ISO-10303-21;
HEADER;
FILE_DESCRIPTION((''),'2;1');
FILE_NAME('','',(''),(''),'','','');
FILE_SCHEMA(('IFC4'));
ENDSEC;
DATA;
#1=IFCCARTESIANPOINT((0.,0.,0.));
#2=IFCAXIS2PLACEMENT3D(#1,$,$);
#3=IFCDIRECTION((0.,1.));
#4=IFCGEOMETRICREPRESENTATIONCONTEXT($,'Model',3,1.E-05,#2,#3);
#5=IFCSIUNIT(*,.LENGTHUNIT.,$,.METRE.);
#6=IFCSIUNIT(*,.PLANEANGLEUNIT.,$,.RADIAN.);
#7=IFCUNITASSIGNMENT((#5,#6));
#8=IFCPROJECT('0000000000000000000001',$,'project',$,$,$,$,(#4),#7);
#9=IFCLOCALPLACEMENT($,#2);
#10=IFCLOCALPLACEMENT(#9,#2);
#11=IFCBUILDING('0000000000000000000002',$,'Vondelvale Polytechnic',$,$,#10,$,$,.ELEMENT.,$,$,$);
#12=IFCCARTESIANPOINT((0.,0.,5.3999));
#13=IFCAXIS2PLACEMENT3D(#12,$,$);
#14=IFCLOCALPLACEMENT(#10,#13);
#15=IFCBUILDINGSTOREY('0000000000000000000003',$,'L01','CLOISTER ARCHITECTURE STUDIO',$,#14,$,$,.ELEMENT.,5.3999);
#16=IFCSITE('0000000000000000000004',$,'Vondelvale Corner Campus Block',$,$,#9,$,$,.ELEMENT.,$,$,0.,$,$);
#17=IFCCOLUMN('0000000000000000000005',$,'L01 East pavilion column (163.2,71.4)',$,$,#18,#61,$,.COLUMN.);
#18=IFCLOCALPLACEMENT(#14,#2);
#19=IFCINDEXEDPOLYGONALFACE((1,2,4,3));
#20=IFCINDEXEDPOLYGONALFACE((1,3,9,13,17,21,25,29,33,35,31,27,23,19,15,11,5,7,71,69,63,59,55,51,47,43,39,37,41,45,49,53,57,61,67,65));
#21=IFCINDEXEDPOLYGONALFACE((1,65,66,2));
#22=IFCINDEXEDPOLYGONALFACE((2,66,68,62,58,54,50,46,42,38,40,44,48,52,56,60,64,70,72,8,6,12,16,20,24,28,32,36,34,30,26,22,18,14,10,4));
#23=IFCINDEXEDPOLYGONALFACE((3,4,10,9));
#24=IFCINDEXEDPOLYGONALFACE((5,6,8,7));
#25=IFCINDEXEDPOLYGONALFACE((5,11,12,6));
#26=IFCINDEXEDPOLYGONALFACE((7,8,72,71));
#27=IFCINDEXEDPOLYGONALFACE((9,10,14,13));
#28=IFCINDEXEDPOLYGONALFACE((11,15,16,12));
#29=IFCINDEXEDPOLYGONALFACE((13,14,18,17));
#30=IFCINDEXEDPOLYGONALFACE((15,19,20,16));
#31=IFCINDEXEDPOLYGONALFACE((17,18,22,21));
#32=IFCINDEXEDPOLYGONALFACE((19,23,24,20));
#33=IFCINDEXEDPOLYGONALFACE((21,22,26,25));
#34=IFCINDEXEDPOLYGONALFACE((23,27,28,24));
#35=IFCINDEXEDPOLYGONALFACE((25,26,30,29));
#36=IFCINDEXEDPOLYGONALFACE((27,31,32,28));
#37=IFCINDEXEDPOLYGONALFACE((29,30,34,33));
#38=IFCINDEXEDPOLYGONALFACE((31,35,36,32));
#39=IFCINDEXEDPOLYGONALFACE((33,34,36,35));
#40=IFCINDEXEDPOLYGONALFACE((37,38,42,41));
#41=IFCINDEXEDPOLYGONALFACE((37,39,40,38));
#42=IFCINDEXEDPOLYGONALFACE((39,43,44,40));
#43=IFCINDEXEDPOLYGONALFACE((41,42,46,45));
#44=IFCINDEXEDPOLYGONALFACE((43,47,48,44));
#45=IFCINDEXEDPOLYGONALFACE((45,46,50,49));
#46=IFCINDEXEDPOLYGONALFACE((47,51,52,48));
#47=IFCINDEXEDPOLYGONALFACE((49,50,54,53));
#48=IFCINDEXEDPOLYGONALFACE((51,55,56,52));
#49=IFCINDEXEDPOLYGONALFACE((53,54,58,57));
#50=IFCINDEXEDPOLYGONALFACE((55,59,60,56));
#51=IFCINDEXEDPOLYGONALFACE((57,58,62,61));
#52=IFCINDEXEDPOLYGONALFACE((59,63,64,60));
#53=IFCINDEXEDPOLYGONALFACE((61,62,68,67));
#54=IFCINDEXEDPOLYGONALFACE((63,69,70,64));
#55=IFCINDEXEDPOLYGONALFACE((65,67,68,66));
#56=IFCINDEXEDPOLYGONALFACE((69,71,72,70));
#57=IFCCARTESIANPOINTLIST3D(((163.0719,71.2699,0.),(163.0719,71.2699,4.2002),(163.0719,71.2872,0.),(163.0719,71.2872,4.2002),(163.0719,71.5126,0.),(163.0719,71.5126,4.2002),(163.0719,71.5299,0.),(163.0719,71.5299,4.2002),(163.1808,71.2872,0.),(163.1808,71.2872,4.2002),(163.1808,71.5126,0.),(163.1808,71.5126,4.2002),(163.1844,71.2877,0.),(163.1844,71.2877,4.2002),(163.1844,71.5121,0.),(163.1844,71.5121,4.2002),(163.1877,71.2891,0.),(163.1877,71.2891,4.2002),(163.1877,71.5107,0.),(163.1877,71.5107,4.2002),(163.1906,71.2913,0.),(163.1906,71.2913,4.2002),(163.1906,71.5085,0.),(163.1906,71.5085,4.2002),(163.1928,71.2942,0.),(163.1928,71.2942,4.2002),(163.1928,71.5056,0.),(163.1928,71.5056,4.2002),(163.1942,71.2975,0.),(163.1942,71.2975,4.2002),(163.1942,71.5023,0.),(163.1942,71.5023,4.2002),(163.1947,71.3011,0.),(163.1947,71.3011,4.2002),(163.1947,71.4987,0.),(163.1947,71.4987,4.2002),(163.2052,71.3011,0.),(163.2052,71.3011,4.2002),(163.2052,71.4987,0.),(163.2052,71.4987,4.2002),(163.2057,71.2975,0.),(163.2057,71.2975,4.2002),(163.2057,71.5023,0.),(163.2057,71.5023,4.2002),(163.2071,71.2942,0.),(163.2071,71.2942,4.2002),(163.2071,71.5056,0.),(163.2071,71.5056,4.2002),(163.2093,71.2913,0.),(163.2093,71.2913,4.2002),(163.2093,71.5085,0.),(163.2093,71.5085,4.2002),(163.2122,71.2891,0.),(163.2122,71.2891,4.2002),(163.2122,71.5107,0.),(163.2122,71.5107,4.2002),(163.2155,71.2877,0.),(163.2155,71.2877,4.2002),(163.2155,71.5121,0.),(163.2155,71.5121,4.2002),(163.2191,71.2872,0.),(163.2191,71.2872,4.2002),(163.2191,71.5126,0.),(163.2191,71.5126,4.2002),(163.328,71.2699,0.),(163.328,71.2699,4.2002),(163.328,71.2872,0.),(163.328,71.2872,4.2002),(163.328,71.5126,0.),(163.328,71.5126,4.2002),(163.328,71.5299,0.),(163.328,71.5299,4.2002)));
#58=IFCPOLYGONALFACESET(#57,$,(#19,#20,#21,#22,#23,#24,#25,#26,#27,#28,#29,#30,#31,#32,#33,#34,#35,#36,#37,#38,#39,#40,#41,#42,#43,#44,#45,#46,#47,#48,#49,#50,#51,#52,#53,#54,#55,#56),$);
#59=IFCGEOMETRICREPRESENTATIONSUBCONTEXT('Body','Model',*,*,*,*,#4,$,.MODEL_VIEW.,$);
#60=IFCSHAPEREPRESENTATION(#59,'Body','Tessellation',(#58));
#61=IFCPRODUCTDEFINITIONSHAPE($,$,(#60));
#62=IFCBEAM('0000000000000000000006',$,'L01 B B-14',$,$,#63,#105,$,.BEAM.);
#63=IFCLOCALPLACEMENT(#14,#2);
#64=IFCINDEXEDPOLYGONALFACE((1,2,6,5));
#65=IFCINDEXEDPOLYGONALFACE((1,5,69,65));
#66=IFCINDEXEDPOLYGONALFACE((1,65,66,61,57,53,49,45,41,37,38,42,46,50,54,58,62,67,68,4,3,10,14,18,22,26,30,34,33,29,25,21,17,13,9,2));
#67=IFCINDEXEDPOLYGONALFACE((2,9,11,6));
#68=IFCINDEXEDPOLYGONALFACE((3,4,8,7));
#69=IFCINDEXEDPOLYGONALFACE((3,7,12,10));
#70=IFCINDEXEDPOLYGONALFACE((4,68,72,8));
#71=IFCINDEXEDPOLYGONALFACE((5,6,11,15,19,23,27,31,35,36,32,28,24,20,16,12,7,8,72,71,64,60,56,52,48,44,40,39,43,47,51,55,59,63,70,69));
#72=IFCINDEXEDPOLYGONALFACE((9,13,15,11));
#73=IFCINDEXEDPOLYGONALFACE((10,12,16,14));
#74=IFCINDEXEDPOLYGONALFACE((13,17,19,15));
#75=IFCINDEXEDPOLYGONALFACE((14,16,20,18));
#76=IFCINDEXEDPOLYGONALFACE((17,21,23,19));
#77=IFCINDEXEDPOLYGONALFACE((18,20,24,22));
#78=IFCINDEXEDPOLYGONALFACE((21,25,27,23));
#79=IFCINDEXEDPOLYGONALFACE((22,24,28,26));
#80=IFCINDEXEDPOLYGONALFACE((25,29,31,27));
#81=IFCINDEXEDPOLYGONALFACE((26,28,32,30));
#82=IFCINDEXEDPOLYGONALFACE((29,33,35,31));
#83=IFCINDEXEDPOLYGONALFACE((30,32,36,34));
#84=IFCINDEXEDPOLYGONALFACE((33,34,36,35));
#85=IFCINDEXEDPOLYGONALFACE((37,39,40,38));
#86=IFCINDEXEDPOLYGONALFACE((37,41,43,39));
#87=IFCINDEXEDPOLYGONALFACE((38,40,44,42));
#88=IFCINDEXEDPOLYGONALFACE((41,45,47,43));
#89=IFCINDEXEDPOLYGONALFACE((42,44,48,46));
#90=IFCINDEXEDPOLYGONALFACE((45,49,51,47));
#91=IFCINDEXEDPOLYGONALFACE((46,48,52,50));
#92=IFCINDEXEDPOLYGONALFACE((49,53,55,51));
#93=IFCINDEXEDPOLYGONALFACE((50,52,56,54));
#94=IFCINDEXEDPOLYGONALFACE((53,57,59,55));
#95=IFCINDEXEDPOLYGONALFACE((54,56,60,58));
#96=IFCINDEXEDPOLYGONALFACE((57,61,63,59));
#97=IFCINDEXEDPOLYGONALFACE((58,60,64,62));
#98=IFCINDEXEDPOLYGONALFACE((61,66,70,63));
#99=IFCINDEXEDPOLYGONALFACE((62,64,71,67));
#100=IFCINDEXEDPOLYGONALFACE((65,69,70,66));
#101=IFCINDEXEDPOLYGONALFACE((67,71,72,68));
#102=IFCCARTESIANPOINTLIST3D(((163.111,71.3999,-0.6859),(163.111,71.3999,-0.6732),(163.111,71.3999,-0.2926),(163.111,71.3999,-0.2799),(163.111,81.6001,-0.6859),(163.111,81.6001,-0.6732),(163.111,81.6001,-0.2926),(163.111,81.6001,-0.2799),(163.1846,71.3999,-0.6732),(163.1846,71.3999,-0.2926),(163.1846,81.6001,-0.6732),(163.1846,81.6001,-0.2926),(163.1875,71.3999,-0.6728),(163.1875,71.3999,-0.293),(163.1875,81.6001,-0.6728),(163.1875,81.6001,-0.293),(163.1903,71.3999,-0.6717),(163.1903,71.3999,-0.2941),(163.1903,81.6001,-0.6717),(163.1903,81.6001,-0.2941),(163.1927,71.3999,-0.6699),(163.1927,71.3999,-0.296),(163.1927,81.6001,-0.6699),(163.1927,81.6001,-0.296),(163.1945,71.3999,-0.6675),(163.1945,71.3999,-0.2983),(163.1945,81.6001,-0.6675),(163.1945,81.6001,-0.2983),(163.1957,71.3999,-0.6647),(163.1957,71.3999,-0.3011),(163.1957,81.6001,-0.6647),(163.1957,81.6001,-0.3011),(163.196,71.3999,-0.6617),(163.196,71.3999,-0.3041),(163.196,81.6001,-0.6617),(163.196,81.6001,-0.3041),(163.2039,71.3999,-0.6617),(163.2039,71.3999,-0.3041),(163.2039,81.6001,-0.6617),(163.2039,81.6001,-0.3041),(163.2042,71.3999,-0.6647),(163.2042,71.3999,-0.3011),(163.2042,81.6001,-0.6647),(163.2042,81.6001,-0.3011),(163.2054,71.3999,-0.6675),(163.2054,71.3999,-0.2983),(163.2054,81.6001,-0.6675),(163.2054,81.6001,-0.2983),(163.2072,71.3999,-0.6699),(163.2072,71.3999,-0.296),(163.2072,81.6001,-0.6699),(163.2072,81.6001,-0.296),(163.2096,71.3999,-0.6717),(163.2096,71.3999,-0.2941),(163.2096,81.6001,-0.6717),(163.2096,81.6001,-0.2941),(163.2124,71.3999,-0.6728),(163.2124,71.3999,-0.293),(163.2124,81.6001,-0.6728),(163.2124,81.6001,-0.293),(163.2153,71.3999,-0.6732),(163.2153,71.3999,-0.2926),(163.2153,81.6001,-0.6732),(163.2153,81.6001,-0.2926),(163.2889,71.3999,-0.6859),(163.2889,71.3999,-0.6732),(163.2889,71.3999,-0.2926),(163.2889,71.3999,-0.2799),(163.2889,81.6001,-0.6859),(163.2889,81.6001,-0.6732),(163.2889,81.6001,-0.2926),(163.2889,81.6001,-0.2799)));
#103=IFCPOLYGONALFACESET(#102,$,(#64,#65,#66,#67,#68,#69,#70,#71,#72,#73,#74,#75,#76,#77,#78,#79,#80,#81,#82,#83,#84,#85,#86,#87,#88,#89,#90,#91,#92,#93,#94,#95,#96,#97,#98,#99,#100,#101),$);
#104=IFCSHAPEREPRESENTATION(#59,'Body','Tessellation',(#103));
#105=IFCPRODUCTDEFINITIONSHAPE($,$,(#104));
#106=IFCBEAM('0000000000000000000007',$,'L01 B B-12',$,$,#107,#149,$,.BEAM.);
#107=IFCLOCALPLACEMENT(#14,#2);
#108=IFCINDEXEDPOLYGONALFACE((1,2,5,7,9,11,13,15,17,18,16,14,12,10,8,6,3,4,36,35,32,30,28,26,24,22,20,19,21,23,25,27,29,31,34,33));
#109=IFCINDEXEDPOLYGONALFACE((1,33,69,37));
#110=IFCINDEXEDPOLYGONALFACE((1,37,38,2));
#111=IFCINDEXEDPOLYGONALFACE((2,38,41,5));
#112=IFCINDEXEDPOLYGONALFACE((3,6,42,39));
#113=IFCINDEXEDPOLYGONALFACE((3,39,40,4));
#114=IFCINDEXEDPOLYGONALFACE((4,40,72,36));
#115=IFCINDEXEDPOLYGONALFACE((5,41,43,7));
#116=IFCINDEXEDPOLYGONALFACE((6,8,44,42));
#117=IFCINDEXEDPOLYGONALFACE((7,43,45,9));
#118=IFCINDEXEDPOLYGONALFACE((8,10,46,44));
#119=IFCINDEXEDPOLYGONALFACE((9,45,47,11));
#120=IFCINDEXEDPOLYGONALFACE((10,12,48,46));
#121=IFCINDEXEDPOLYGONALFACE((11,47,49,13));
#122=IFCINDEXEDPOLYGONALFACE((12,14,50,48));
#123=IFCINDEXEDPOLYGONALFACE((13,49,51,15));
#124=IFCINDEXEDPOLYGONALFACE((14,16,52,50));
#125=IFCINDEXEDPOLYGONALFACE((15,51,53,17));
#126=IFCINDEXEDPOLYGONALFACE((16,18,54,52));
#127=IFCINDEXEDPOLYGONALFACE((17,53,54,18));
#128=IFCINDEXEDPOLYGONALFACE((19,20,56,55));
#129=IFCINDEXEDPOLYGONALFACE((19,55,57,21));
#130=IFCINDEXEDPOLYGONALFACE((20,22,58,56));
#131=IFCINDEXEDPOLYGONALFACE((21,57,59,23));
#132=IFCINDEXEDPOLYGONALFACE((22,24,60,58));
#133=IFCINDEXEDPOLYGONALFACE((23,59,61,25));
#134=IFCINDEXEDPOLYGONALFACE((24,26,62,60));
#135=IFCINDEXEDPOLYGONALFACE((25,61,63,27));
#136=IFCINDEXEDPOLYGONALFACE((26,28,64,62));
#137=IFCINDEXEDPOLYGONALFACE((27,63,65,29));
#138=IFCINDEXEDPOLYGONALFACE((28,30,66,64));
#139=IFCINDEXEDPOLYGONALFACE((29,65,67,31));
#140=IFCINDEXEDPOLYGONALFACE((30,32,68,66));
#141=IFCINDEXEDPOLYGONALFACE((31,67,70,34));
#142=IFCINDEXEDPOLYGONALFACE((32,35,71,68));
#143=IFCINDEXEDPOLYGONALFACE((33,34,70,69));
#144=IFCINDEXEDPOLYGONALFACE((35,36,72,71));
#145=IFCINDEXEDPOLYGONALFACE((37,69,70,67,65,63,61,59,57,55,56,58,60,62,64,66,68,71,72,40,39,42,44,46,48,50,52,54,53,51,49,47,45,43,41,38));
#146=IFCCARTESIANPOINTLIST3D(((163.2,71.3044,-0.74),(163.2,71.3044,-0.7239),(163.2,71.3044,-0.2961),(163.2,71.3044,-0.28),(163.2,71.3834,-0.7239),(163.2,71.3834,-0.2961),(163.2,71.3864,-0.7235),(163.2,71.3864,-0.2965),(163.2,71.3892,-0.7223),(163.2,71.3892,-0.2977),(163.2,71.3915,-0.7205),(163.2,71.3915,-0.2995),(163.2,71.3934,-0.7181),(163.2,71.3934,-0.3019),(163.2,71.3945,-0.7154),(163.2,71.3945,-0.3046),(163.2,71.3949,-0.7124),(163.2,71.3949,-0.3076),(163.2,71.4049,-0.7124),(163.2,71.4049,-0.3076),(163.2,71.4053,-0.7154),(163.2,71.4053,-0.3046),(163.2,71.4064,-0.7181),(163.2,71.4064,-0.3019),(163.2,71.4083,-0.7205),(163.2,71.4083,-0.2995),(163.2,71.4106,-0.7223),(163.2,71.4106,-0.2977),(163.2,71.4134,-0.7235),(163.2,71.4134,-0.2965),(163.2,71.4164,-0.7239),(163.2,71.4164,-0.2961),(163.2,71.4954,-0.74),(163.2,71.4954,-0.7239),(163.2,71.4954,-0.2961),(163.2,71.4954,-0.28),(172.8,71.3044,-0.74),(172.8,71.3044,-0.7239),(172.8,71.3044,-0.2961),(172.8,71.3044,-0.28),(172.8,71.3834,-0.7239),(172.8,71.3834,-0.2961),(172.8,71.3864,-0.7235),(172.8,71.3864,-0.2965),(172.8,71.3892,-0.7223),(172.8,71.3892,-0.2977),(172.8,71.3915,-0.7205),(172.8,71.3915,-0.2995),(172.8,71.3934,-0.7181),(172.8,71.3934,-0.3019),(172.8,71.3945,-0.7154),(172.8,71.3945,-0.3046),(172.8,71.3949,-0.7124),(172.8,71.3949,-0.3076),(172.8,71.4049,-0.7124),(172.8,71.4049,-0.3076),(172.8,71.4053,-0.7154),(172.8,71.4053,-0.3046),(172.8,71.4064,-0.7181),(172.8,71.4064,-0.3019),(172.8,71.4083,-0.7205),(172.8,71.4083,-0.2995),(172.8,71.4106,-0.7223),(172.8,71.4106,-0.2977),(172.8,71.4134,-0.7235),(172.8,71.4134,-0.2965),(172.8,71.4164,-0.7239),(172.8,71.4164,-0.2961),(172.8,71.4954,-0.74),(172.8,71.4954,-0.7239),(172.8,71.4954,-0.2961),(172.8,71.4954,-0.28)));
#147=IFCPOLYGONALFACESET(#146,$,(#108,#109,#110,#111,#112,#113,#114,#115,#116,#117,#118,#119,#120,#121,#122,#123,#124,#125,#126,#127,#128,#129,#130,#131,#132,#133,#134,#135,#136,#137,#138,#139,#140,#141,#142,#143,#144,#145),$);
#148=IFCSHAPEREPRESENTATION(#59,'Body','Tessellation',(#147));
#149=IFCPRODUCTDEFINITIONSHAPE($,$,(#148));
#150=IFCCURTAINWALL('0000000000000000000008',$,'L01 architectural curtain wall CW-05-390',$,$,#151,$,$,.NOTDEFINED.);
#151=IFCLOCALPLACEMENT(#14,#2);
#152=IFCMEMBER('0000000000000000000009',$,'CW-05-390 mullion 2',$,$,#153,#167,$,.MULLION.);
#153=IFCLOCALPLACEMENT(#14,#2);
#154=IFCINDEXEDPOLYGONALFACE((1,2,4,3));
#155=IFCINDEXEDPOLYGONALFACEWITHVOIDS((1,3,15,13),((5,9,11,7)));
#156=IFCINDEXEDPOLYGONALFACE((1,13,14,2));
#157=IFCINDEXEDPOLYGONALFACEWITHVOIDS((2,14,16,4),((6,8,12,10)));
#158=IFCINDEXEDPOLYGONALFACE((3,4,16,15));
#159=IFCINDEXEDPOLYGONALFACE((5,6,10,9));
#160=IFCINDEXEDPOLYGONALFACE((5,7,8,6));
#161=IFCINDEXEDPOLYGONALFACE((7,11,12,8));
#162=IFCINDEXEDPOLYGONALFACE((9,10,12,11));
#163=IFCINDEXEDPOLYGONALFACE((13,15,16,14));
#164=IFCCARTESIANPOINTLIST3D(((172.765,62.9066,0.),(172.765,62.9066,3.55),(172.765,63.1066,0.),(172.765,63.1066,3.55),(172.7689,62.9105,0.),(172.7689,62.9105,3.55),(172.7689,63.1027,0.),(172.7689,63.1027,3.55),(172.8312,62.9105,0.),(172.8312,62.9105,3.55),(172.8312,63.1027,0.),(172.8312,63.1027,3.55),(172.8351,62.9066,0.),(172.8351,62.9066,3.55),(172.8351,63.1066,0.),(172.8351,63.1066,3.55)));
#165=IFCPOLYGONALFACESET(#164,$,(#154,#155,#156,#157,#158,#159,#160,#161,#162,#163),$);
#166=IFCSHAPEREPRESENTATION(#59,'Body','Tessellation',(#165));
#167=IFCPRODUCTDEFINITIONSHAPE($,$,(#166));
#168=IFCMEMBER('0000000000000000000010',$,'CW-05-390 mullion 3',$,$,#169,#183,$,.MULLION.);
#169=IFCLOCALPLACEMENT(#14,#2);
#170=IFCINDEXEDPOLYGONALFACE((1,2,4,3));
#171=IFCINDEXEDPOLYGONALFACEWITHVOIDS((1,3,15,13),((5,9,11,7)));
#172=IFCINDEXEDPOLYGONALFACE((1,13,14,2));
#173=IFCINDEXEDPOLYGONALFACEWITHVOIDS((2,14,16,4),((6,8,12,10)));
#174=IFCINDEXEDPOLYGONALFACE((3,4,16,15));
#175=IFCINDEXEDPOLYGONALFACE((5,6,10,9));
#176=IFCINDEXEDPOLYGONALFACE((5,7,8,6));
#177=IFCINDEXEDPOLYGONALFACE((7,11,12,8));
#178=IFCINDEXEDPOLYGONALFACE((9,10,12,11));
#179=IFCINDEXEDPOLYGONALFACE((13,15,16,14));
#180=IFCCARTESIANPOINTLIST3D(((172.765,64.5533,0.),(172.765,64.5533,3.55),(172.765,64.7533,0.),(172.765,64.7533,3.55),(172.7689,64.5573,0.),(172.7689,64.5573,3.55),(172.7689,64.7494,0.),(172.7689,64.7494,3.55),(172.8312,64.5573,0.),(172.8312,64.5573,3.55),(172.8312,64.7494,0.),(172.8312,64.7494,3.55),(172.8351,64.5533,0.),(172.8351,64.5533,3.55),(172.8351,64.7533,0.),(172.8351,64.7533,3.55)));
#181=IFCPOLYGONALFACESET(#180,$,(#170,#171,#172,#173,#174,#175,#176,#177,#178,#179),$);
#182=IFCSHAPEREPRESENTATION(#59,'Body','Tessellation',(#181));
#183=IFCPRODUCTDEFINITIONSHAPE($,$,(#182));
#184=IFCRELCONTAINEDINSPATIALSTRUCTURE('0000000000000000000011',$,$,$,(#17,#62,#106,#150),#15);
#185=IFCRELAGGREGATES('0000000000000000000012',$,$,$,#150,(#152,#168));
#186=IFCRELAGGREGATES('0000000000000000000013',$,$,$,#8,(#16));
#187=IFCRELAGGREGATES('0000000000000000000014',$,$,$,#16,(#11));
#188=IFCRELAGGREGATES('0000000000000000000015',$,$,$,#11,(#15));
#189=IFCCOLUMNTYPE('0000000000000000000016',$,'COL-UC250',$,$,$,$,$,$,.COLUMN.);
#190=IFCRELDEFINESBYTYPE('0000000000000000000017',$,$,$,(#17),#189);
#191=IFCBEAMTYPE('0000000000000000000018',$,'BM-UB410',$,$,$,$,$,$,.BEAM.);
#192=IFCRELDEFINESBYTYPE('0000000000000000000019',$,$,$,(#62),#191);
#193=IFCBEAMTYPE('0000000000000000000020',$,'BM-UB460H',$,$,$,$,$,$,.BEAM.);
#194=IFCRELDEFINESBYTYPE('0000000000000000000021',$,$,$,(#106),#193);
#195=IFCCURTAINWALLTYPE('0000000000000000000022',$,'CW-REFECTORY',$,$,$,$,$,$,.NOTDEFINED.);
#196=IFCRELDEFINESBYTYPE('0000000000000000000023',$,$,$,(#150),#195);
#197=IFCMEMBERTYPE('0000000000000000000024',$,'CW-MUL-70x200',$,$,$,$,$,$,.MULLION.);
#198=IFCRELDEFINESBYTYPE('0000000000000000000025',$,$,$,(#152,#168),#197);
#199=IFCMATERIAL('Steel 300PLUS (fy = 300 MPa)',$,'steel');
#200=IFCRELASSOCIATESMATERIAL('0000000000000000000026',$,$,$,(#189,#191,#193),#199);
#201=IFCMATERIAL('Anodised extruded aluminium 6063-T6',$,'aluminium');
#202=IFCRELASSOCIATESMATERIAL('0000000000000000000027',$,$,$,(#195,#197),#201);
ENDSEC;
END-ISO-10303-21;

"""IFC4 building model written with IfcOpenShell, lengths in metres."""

from ifc_helpers import new_model, si_unit, direction, frame, origin, origin_2d, place, context, subcontext, project, spatial, hollow_rectangle, i_section, extrude, material, material_profile, profile_set, type_object, element, aggregate, save


model = new_model("IFC4")

# Units and contexts
model_context = context("Model", 3, precision=1e-05, world=origin(), true_north=direction((0.0, 1.0)))
body_context = subcontext(model_context, "Body", "Model", "MODEL_VIEW")
ifc_project = project(units=[si_unit("LENGTHUNIT", "METRE"), si_unit("PLANEANGLEUNIT", "RADIAN")], contexts=[model_context])

# Site, building, storey
site_placement = place(None, origin())
site = spatial("IfcSite", under=ifc_project, at=site_placement, Name="Vondelvale Corner Campus Block", CompositionType="ELEMENT", RefElevation=0.0)
building_placement = place(site_placement, origin())
building = spatial("IfcBuilding", under=site, at=building_placement, Name="Vondelvale Polytechnic", CompositionType="ELEMENT")
storey_placement = place(building_placement, frame((0.0, 0.0, 5.3999)))
storey = spatial("IfcBuildingStorey", under=building, at=storey_placement, Name="L01", Description="CLOISTER ARCHITECTURE STUDIO", CompositionType="ELEMENT", Elevation=5.3999)

# Column
ifc_material_1 = material(Name="Steel 300PLUS (fy = 300 MPa)", Category="steel")
ifc_material_profile_1 = material_profile(ifc_material_1, i_section(OverallWidth=0.2561, OverallDepth=0.26, WebThickness=0.0105, FlangeThickness=0.0173, FilletRadius=0.0139, at=origin_2d()), Name="250UC89.5")
ifc_profile_set_1 = profile_set([ifc_material_profile_1], Name="Steel 300PLUS (fy = 300 MPa)")
column_type = type_object("IfcColumnType", Name="COL-UC250", PredefinedType="COLUMN", material=ifc_profile_set_1)
column_placement = place(storey_placement, frame((163.2, 71.3999, 0.0), z_axis=(0.0, 0.0, 1.0), x_axis=(1.0, 0.0, 0.0)))
element("IfcColumn", 1, at=column_placement, inside=storey, type_object=column_type, Name="L01 East pavilion column (163.2,71.4)", PredefinedType="COLUMN", context=body_context, shape_type="SweptSolid", body=[
    extrude(i_section(OverallWidth=0.2561, OverallDepth=0.26, WebThickness=0.0105, FlangeThickness=0.0173, FilletRadius=0.0139, at=origin_2d()), origin(), (0.0, 0.0, 1.0), 4.2002),
])

# Beams
ifc_material_profile_2 = material_profile(ifc_material_1, i_section(OverallWidth=0.178, OverallDepth=0.406, WebThickness=0.0078, FlangeThickness=0.0127, FilletRadius=0.0115, at=origin_2d()), Name="410UB59.7")
ifc_profile_set_2 = profile_set([ifc_material_profile_2], Name="Steel 300PLUS (fy = 300 MPa)")
beam_type_1 = type_object("IfcBeamType", Name="BM-UB410", PredefinedType="BEAM", material=ifc_profile_set_2)
beam_1_placement = place(storey_placement, frame((163.2, 71.3999, -0.4829), z_axis=(0.0, 1.0, 0.0), x_axis=(-1.0, 0.0, 0.0)))
element("IfcBeam", 2, at=beam_1_placement, inside=storey, type_object=beam_type_1, Name="L01 B B-14", PredefinedType="BEAM", context=body_context, shape_type="SweptSolid", body=[
    extrude(i_section(OverallWidth=0.178, OverallDepth=0.406, WebThickness=0.0078, FlangeThickness=0.0127, FilletRadius=0.0115, at=origin_2d()), origin(), (0.0, 0.0, 1.0), 10.2002),
])
ifc_material_profile_3 = material_profile(ifc_material_1, i_section(OverallWidth=0.1909, OverallDepth=0.46, WebThickness=0.01, FlangeThickness=0.0161, FilletRadius=0.0115, at=origin_2d()), Name="460UB82.1")
ifc_profile_set_3 = profile_set([ifc_material_profile_3], Name="Steel 300PLUS (fy = 300 MPa)")
beam_type_2 = type_object("IfcBeamType", Name="BM-UB460H", PredefinedType="BEAM", material=ifc_profile_set_3)
beam_2_placement = place(storey_placement, frame((163.2, 71.3999, -0.51), z_axis=(1.0, 0.0, 0.0), x_axis=(0.0, 1.0, 0.0)))
element("IfcBeam", 3, at=beam_2_placement, inside=storey, type_object=beam_type_2, Name="L01 B B-12", PredefinedType="BEAM", context=body_context, shape_type="SweptSolid", body=[
    extrude(i_section(OverallWidth=0.1909, OverallDepth=0.46, WebThickness=0.01, FlangeThickness=0.0161, FilletRadius=0.0115, at=origin_2d()), origin(), (0.0, 0.0, 1.0), 9.6001),
])

# Curtain wall, members
ifc_material_2 = material(Name="Anodised extruded aluminium 6063-T6", Category="aluminium")
curtain_wall_type = type_object("IfcCurtainWallType", Name="CW-REFECTORY", PredefinedType="NOTDEFINED", material=ifc_material_2)
curtain_wall_placement = place(storey_placement, origin())
curtain_wall = element("IfcCurtainWall", 4, at=curtain_wall_placement, inside=storey, type_object=curtain_wall_type, Name="L01 architectural curtain wall CW-05-390", PredefinedType="NOTDEFINED")
ifc_material_profile_4 = material_profile(ifc_material_2, hollow_rectangle(XDim=0.0701, YDim=0.2, WallThickness=0.0039, at=origin_2d()), Name="CW-MUL-200x70")
ifc_profile_set_4 = profile_set([ifc_material_profile_4], Name="Anodised extruded aluminium 6063-T6")
member_type_1 = type_object("IfcMemberType", Name="CW-MUL-70x200", PredefinedType="MULLION", material=ifc_profile_set_4)
member_1_placement = place(storey_placement, frame((172.8, 63.0066, 0.0), z_axis=(0.0, 0.0, 1.0), x_axis=(-1.0, 0.0, 0.0)))
member_1 = element("IfcMember", 5, at=member_1_placement, type_object=member_type_1, Name="CW-05-390 mullion 2", PredefinedType="MULLION", context=body_context, shape_type="SweptSolid", body=[
    extrude(hollow_rectangle(XDim=0.0701, YDim=0.2, WallThickness=0.0039, at=origin_2d()), origin(), (0.0, 0.0, 1.0), 3.55),
])
member_2_placement = place(storey_placement, frame((172.8, 64.6533, 0.0), z_axis=(0.0, 0.0, 1.0), x_axis=(-1.0, 0.0, 0.0)))
member_2 = element("IfcMember", 6, at=member_2_placement, type_object=member_type_1, Name="CW-05-390 mullion 3", PredefinedType="MULLION", context=body_context, shape_type="SweptSolid", body=[
    extrude(hollow_rectangle(XDim=0.0701, YDim=0.2, WallThickness=0.0039, at=origin_2d()), origin(), (0.0, 0.0, 1.0), 3.55),
])
aggregate(curtain_wall, [member_1, member_2])

save(model, "model.ifc")
